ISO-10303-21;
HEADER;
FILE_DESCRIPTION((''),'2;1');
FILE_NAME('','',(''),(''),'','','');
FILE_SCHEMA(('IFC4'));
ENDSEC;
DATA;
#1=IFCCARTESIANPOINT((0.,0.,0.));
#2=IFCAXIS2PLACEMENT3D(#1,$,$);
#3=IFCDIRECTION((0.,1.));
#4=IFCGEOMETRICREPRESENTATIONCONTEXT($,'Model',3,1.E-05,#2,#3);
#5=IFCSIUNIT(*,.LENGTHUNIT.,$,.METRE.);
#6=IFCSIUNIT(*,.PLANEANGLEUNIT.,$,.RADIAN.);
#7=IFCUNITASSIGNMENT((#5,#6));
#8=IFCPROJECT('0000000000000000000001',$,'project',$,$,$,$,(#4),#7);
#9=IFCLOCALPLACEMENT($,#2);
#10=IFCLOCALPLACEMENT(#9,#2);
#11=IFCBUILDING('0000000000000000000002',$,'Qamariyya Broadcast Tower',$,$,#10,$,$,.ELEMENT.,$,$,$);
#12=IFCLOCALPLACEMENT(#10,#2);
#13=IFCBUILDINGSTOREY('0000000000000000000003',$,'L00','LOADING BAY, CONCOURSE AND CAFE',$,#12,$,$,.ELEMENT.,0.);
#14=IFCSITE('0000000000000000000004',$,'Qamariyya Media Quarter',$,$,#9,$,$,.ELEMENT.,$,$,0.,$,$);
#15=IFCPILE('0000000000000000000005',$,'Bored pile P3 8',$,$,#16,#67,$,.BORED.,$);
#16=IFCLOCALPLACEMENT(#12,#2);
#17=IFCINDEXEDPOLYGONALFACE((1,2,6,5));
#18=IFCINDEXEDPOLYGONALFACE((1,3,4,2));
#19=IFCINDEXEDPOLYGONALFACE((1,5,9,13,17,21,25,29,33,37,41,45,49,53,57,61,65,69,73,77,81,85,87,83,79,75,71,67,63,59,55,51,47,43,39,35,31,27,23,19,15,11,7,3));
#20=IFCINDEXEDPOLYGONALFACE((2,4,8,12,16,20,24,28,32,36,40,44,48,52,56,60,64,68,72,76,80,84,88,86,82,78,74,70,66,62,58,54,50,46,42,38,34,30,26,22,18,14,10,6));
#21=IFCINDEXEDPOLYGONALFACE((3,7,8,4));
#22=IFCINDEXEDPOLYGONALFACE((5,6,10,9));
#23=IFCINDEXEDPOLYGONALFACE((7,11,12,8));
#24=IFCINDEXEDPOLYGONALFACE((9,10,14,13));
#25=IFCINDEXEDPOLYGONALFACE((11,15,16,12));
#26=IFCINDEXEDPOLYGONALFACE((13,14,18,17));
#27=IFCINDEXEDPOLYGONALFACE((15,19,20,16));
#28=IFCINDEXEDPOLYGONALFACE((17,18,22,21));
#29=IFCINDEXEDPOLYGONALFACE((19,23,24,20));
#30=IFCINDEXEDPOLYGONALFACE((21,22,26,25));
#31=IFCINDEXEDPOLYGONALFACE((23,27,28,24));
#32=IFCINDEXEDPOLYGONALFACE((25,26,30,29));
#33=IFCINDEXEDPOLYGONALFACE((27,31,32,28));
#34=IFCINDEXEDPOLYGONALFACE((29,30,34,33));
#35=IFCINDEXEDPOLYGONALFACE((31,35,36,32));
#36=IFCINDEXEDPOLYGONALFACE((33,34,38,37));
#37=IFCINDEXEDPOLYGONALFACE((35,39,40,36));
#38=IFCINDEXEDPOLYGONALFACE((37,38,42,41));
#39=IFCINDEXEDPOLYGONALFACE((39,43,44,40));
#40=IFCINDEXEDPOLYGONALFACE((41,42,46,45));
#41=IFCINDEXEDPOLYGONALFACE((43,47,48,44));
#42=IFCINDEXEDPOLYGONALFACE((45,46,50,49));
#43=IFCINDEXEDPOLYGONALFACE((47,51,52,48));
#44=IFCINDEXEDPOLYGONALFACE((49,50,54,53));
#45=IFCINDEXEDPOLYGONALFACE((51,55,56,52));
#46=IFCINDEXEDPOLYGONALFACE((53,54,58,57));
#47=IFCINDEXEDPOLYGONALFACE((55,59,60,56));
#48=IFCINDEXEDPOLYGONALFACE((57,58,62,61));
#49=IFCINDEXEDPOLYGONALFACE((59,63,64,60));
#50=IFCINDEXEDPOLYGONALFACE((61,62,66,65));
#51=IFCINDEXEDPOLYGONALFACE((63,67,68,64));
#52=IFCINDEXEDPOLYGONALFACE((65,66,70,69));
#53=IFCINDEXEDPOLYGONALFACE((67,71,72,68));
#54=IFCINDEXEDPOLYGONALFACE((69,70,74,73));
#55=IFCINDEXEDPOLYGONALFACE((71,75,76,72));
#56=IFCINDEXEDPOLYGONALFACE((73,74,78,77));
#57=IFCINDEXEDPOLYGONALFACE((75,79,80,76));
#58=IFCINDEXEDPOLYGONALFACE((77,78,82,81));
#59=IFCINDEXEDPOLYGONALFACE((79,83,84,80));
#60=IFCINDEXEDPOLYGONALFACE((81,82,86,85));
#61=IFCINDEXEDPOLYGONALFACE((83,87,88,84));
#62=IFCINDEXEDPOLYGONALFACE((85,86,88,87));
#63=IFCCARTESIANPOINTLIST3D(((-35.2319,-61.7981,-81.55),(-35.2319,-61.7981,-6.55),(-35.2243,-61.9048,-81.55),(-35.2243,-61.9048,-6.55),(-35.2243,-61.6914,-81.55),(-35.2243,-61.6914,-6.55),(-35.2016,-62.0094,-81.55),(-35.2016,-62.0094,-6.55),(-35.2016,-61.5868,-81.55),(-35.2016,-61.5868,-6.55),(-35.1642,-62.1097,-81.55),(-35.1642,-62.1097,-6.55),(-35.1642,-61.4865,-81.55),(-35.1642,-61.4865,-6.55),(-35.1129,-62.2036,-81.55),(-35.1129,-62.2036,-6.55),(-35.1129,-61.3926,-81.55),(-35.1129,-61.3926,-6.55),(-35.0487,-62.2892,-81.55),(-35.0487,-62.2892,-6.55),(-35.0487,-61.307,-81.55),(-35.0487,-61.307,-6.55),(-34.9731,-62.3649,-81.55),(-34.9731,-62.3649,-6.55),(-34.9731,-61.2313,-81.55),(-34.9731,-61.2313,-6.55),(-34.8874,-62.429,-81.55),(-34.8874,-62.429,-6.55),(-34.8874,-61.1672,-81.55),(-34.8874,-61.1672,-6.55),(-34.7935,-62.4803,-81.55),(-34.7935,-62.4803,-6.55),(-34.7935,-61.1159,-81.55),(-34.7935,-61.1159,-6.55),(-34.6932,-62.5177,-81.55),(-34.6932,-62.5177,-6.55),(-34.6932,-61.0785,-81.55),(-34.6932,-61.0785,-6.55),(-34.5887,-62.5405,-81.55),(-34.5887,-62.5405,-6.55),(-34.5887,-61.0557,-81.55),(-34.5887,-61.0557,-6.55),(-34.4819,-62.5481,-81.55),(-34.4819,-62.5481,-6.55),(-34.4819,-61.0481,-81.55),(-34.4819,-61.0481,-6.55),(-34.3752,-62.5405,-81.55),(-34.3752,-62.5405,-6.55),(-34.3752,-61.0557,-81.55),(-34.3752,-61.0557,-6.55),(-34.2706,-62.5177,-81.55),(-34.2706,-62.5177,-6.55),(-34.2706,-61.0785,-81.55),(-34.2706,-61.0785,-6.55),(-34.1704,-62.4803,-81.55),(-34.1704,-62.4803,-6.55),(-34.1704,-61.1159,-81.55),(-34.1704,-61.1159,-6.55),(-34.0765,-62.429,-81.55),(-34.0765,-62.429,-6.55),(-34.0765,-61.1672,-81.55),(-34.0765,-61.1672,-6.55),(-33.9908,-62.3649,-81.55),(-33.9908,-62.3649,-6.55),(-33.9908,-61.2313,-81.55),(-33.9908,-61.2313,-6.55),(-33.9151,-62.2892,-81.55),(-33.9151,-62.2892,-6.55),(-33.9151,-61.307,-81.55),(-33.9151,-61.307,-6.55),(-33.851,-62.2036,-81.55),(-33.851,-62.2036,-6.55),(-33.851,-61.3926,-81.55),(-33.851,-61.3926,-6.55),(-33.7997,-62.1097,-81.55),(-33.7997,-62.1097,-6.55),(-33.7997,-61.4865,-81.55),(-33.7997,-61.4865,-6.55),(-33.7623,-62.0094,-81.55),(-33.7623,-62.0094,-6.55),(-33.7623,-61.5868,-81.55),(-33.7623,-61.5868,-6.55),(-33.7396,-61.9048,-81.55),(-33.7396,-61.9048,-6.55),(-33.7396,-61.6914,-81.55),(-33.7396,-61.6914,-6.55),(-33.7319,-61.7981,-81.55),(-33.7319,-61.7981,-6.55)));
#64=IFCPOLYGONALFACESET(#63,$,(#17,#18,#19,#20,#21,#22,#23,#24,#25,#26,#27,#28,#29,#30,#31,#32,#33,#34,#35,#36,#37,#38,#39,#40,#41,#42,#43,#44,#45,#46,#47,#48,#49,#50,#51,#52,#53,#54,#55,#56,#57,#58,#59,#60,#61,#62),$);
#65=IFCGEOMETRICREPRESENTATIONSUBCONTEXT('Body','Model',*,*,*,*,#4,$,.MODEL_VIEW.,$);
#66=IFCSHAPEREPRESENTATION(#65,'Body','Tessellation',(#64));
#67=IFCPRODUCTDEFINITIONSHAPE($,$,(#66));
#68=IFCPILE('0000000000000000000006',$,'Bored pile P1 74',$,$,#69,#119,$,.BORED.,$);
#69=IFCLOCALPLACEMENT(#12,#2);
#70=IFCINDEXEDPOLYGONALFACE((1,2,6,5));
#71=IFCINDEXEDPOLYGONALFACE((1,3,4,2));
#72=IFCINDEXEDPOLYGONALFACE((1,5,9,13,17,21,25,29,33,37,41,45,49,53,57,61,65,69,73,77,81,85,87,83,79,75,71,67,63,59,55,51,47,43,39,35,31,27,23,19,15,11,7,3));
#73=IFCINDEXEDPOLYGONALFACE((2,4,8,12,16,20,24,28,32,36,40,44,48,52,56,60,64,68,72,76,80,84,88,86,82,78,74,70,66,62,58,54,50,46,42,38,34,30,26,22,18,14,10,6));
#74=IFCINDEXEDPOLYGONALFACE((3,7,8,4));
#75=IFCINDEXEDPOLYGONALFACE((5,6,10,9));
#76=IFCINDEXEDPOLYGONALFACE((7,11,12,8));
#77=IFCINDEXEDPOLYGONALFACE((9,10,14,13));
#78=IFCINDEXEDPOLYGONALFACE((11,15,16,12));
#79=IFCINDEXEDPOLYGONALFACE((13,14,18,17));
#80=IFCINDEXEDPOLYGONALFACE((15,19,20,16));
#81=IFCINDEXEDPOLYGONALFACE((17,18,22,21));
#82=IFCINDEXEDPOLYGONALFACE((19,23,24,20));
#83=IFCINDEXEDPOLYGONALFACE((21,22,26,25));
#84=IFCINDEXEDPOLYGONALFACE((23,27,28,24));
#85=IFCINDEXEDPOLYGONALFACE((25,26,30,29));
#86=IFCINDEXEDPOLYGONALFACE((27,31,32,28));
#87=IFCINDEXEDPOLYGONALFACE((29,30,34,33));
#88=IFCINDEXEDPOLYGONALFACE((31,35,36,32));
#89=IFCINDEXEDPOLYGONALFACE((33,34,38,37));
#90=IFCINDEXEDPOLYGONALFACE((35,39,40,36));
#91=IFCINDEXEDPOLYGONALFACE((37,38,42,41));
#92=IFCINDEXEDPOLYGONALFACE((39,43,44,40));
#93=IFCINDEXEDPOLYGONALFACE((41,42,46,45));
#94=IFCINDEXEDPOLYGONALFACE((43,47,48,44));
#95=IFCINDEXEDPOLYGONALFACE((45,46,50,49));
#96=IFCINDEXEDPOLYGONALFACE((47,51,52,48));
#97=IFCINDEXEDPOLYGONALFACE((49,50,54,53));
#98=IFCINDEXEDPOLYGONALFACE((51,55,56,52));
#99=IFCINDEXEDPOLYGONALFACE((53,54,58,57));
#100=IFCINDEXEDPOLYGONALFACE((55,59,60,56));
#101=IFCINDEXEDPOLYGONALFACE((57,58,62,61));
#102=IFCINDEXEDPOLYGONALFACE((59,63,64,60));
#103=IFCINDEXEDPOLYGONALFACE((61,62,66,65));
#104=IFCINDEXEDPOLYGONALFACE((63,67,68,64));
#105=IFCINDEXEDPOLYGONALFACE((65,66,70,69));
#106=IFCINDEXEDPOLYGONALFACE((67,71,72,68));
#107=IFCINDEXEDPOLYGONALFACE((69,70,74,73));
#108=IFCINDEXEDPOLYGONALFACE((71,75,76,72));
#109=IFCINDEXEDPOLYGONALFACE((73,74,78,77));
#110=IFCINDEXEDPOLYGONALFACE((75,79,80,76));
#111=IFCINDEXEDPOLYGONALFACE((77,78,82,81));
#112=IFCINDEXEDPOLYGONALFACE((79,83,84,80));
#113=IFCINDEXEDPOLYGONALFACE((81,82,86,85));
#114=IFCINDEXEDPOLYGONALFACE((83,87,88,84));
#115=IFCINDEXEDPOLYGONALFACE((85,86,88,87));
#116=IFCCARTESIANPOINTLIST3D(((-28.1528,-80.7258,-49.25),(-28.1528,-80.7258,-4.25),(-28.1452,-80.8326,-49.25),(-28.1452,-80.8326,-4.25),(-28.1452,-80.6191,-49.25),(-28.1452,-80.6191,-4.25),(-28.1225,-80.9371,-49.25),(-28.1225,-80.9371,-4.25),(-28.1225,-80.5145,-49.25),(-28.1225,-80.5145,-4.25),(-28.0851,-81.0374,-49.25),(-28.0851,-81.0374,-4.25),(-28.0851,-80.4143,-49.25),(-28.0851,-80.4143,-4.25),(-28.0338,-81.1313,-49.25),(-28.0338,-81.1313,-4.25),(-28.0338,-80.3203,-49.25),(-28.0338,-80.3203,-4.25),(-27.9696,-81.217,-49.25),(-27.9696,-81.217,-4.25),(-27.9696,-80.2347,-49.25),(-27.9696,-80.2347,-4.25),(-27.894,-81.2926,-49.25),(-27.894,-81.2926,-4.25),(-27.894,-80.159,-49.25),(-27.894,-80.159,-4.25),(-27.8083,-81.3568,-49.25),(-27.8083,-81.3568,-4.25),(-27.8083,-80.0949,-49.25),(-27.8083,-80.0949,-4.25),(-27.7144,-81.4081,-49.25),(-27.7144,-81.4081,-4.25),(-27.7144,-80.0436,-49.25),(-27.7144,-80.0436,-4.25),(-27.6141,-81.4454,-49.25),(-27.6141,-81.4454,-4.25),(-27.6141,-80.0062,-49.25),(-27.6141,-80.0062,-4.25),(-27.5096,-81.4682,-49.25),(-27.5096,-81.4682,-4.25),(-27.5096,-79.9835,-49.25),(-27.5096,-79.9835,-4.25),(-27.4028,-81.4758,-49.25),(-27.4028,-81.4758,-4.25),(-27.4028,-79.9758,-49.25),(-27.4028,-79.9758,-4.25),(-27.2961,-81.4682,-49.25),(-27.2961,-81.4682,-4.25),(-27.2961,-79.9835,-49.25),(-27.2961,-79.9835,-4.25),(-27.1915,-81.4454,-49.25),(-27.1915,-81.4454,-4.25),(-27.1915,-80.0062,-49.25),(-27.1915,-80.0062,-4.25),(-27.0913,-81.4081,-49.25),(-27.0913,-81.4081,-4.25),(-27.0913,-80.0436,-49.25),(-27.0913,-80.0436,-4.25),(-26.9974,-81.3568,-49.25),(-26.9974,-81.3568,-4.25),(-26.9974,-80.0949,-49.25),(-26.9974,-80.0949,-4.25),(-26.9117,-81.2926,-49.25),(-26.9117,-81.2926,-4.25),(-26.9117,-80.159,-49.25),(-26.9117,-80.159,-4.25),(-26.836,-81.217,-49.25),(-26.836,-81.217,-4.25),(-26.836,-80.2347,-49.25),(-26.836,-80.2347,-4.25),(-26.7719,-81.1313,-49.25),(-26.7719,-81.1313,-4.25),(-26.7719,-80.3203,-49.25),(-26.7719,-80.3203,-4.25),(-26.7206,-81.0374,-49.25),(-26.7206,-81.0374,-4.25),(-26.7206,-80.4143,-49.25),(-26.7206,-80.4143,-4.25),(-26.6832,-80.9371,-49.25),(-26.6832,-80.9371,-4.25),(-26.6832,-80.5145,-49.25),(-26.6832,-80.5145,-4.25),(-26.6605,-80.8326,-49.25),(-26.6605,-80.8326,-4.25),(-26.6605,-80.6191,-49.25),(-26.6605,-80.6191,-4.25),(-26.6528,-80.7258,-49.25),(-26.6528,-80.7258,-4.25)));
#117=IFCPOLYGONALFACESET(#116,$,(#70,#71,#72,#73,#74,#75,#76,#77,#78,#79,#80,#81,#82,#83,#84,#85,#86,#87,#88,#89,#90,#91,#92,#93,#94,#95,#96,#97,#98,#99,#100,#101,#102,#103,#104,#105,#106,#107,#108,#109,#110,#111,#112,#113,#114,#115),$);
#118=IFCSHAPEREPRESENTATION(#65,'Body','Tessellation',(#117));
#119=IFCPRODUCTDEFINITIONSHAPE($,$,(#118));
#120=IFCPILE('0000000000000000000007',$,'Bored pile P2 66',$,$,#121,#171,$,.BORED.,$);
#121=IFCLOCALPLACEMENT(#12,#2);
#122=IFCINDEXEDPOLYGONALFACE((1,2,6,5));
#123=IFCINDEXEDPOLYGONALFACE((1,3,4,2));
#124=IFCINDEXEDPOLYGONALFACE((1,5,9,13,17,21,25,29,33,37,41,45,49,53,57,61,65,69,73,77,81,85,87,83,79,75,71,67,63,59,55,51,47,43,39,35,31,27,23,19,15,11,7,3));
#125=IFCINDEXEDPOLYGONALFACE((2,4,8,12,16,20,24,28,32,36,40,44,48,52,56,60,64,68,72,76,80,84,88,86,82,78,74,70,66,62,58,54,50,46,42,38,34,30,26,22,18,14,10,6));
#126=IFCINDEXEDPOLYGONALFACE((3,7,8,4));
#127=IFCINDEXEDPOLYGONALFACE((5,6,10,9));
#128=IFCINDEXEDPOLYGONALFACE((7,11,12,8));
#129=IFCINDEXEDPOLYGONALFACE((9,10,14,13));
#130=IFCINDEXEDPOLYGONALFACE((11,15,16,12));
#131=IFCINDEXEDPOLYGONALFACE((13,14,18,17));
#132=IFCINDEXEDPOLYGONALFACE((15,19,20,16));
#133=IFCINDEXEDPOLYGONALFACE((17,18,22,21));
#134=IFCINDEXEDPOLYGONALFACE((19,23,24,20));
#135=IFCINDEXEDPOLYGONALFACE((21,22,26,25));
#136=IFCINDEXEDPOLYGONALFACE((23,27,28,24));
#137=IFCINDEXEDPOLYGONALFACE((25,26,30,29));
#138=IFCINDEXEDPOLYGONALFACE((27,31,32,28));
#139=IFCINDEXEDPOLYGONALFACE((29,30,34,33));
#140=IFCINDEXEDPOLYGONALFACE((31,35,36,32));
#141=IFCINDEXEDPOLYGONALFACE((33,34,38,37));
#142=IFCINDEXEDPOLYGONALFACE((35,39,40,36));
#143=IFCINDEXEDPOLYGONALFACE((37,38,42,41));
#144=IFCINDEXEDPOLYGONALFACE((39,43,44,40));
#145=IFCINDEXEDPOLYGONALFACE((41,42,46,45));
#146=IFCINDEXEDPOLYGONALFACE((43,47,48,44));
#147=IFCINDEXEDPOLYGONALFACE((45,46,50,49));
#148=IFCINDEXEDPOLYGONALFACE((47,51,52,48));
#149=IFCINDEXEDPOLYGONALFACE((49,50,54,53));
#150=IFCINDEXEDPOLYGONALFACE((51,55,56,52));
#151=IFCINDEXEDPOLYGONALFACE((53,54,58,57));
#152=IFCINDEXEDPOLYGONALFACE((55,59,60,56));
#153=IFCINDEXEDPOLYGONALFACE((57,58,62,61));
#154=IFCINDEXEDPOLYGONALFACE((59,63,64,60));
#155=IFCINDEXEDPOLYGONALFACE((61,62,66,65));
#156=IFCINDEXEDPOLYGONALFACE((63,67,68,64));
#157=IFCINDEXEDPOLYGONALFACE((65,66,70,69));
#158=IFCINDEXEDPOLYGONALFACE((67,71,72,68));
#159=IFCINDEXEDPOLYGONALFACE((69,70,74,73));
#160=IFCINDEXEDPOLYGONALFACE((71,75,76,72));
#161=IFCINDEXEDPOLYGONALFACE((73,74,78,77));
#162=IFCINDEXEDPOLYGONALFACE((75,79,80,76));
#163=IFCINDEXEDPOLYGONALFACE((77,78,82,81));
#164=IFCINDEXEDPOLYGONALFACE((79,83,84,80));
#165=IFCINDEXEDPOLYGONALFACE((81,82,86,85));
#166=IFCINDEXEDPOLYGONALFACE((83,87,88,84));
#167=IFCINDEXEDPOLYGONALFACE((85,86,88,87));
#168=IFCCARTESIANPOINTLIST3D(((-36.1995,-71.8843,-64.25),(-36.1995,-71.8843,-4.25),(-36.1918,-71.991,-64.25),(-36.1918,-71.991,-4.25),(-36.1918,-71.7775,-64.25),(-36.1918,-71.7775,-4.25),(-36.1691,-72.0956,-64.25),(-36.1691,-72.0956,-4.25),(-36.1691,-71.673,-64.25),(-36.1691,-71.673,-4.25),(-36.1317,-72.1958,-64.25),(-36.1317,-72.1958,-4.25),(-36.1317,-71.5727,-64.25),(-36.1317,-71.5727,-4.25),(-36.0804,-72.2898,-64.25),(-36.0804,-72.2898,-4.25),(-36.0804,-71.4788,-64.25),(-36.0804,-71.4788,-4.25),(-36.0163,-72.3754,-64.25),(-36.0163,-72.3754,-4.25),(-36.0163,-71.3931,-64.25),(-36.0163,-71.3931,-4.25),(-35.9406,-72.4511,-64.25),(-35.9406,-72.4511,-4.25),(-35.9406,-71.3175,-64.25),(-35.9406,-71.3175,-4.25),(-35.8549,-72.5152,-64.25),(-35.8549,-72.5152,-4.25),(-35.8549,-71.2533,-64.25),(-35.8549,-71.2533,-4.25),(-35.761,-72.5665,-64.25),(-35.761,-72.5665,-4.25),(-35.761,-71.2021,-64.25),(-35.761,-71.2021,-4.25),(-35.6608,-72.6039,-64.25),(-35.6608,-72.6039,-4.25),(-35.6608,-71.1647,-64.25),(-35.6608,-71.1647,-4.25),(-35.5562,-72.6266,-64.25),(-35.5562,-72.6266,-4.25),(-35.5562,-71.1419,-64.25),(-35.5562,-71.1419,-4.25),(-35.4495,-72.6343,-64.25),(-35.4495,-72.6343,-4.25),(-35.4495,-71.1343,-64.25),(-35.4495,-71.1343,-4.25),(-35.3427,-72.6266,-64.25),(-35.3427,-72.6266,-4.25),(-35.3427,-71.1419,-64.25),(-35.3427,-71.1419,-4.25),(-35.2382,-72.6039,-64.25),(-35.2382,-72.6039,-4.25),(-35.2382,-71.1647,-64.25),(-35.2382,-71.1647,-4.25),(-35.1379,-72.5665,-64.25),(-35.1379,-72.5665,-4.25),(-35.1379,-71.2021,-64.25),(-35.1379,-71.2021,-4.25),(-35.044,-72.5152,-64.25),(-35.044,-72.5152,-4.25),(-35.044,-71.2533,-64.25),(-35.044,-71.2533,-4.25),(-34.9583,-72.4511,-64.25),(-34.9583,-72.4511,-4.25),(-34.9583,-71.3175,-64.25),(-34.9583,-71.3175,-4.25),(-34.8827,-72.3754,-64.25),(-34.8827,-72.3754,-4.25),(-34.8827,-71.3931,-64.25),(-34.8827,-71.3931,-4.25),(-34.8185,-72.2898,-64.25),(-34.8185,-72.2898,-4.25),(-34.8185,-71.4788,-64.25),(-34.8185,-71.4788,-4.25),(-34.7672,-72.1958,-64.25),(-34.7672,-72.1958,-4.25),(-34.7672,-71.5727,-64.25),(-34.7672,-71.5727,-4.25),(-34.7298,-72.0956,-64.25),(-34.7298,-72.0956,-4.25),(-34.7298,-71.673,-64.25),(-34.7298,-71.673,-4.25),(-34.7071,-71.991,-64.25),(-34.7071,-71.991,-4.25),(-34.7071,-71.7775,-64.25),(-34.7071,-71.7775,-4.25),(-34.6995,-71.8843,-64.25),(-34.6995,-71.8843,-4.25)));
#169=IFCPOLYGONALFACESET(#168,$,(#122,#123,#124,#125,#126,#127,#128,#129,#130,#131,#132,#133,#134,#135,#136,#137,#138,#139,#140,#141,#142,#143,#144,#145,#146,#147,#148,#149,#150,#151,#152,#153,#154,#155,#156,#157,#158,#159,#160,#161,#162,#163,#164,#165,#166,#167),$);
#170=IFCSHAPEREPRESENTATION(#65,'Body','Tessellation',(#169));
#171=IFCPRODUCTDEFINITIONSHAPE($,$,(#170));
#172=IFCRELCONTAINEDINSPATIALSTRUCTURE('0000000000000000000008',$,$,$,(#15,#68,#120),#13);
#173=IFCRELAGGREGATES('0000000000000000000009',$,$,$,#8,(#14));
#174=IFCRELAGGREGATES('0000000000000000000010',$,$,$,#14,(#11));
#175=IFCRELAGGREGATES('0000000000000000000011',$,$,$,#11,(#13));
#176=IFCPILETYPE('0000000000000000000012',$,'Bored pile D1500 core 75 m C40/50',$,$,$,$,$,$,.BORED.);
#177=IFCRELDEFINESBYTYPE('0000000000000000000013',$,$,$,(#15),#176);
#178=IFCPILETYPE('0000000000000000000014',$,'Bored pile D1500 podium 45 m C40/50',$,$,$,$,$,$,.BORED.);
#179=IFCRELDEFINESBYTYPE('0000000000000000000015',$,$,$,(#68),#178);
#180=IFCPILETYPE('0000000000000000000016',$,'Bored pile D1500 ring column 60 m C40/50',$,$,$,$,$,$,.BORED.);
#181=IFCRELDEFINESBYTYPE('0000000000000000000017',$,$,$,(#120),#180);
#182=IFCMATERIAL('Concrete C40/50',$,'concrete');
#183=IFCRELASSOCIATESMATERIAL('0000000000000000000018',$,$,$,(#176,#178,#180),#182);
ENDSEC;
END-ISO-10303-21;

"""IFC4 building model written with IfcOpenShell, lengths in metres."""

from ifc_helpers import new_model, si_unit, direction, frame, origin, origin_2d, place, context, subcontext, project, spatial, circle, extrude, material, material_profile, profile_set, type_object, element, save


model = new_model("IFC4")

# Units and contexts
model_context = context("Model", 3, precision=1e-05, world=origin(), true_north=direction((0.0, 1.0)))
body_context = subcontext(model_context, "Body", "Model", "MODEL_VIEW")
ifc_project = project(units=[si_unit("LENGTHUNIT", "METRE"), si_unit("PLANEANGLEUNIT", "RADIAN")], contexts=[model_context])

# Site, building, storey
site_placement = place(None, origin())
site = spatial("IfcSite", under=ifc_project, at=site_placement, Name="Qamariyya Media Quarter", CompositionType="ELEMENT", RefElevation=0.0)
building_placement = place(site_placement, origin())
building = spatial("IfcBuilding", under=site, at=building_placement, Name="Qamariyya Broadcast Tower", CompositionType="ELEMENT")
storey_placement = place(building_placement, origin())
storey = spatial("IfcBuildingStorey", under=building, at=storey_placement, Name="L00", Description="LOADING BAY, CONCOURSE AND CAFE", CompositionType="ELEMENT", Elevation=0.0)

# Piles
ifc_material_1 = material(Name="Concrete C40/50", Category="concrete")
ifc_material_profile_1 = material_profile(ifc_material_1, circle(Radius=0.75, at=origin_2d()))
ifc_profile_set_1 = profile_set([ifc_material_profile_1], Name="Concrete C40/50")
pile_type_1 = type_object("IfcPileType", Name="Bored pile D1500 core 75 m C40/50", PredefinedType="BORED", material=ifc_profile_set_1)
pile_1_placement = place(storey_placement, frame((-34.4819, -61.7981, -6.55), z_axis=(0.0, 0.0, -1.0), x_axis=(1.0, 0.0, 0.0)))
element("IfcPile", 1, at=pile_1_placement, inside=storey, type_object=pile_type_1, Name="Bored pile P3 8", PredefinedType="BORED", context=body_context, shape_type="SweptSolid", body=[
    extrude(circle(Radius=0.75, at=origin_2d()), origin(), (0.0, 0.0, 1.0), 75.0),
])
ifc_material_profile_2 = material_profile(ifc_material_1, circle(Radius=0.75, at=origin_2d()))
ifc_profile_set_2 = profile_set([ifc_material_profile_2], Name="Concrete C40/50")
pile_type_2 = type_object("IfcPileType", Name="Bored pile D1500 podium 45 m C40/50", PredefinedType="BORED", material=ifc_profile_set_2)
pile_2_placement = place(storey_placement, frame((-27.4028, -80.7258, -4.25), z_axis=(0.0, 0.0, -1.0), x_axis=(1.0, 0.0, 0.0)))
element("IfcPile", 2, at=pile_2_placement, inside=storey, type_object=pile_type_2, Name="Bored pile P1 74", PredefinedType="BORED", context=body_context, shape_type="SweptSolid", body=[
    extrude(circle(Radius=0.75, at=origin_2d()), origin(), (0.0, 0.0, 1.0), 45.0),
])
ifc_material_profile_3 = material_profile(ifc_material_1, circle(Radius=0.75, at=origin_2d()))
ifc_profile_set_3 = profile_set([ifc_material_profile_3], Name="Concrete C40/50")
pile_type_3 = type_object("IfcPileType", Name="Bored pile D1500 ring column 60 m C40/50", PredefinedType="BORED", material=ifc_profile_set_3)
for number, where, z_axis, x_axis, name in (
    (3, (-35.4495, -71.8843, -4.25), (0.0, 0.0, -1.0), (1.0, 0.0, 0.0), "Bored pile P2 66"),
):
    element("IfcPile", number, at=place(storey_placement, frame(where, z_axis=z_axis, x_axis=x_axis)), inside=storey, type_object=pile_type_3, Name=name, PredefinedType="BORED", context=body_context, shape_type="SweptSolid", body=[
        extrude(circle(Radius=0.75, at=origin_2d()), origin(), (0.0, 0.0, 1.0), 60.0),
    ])

save(model, "model.ifc")
